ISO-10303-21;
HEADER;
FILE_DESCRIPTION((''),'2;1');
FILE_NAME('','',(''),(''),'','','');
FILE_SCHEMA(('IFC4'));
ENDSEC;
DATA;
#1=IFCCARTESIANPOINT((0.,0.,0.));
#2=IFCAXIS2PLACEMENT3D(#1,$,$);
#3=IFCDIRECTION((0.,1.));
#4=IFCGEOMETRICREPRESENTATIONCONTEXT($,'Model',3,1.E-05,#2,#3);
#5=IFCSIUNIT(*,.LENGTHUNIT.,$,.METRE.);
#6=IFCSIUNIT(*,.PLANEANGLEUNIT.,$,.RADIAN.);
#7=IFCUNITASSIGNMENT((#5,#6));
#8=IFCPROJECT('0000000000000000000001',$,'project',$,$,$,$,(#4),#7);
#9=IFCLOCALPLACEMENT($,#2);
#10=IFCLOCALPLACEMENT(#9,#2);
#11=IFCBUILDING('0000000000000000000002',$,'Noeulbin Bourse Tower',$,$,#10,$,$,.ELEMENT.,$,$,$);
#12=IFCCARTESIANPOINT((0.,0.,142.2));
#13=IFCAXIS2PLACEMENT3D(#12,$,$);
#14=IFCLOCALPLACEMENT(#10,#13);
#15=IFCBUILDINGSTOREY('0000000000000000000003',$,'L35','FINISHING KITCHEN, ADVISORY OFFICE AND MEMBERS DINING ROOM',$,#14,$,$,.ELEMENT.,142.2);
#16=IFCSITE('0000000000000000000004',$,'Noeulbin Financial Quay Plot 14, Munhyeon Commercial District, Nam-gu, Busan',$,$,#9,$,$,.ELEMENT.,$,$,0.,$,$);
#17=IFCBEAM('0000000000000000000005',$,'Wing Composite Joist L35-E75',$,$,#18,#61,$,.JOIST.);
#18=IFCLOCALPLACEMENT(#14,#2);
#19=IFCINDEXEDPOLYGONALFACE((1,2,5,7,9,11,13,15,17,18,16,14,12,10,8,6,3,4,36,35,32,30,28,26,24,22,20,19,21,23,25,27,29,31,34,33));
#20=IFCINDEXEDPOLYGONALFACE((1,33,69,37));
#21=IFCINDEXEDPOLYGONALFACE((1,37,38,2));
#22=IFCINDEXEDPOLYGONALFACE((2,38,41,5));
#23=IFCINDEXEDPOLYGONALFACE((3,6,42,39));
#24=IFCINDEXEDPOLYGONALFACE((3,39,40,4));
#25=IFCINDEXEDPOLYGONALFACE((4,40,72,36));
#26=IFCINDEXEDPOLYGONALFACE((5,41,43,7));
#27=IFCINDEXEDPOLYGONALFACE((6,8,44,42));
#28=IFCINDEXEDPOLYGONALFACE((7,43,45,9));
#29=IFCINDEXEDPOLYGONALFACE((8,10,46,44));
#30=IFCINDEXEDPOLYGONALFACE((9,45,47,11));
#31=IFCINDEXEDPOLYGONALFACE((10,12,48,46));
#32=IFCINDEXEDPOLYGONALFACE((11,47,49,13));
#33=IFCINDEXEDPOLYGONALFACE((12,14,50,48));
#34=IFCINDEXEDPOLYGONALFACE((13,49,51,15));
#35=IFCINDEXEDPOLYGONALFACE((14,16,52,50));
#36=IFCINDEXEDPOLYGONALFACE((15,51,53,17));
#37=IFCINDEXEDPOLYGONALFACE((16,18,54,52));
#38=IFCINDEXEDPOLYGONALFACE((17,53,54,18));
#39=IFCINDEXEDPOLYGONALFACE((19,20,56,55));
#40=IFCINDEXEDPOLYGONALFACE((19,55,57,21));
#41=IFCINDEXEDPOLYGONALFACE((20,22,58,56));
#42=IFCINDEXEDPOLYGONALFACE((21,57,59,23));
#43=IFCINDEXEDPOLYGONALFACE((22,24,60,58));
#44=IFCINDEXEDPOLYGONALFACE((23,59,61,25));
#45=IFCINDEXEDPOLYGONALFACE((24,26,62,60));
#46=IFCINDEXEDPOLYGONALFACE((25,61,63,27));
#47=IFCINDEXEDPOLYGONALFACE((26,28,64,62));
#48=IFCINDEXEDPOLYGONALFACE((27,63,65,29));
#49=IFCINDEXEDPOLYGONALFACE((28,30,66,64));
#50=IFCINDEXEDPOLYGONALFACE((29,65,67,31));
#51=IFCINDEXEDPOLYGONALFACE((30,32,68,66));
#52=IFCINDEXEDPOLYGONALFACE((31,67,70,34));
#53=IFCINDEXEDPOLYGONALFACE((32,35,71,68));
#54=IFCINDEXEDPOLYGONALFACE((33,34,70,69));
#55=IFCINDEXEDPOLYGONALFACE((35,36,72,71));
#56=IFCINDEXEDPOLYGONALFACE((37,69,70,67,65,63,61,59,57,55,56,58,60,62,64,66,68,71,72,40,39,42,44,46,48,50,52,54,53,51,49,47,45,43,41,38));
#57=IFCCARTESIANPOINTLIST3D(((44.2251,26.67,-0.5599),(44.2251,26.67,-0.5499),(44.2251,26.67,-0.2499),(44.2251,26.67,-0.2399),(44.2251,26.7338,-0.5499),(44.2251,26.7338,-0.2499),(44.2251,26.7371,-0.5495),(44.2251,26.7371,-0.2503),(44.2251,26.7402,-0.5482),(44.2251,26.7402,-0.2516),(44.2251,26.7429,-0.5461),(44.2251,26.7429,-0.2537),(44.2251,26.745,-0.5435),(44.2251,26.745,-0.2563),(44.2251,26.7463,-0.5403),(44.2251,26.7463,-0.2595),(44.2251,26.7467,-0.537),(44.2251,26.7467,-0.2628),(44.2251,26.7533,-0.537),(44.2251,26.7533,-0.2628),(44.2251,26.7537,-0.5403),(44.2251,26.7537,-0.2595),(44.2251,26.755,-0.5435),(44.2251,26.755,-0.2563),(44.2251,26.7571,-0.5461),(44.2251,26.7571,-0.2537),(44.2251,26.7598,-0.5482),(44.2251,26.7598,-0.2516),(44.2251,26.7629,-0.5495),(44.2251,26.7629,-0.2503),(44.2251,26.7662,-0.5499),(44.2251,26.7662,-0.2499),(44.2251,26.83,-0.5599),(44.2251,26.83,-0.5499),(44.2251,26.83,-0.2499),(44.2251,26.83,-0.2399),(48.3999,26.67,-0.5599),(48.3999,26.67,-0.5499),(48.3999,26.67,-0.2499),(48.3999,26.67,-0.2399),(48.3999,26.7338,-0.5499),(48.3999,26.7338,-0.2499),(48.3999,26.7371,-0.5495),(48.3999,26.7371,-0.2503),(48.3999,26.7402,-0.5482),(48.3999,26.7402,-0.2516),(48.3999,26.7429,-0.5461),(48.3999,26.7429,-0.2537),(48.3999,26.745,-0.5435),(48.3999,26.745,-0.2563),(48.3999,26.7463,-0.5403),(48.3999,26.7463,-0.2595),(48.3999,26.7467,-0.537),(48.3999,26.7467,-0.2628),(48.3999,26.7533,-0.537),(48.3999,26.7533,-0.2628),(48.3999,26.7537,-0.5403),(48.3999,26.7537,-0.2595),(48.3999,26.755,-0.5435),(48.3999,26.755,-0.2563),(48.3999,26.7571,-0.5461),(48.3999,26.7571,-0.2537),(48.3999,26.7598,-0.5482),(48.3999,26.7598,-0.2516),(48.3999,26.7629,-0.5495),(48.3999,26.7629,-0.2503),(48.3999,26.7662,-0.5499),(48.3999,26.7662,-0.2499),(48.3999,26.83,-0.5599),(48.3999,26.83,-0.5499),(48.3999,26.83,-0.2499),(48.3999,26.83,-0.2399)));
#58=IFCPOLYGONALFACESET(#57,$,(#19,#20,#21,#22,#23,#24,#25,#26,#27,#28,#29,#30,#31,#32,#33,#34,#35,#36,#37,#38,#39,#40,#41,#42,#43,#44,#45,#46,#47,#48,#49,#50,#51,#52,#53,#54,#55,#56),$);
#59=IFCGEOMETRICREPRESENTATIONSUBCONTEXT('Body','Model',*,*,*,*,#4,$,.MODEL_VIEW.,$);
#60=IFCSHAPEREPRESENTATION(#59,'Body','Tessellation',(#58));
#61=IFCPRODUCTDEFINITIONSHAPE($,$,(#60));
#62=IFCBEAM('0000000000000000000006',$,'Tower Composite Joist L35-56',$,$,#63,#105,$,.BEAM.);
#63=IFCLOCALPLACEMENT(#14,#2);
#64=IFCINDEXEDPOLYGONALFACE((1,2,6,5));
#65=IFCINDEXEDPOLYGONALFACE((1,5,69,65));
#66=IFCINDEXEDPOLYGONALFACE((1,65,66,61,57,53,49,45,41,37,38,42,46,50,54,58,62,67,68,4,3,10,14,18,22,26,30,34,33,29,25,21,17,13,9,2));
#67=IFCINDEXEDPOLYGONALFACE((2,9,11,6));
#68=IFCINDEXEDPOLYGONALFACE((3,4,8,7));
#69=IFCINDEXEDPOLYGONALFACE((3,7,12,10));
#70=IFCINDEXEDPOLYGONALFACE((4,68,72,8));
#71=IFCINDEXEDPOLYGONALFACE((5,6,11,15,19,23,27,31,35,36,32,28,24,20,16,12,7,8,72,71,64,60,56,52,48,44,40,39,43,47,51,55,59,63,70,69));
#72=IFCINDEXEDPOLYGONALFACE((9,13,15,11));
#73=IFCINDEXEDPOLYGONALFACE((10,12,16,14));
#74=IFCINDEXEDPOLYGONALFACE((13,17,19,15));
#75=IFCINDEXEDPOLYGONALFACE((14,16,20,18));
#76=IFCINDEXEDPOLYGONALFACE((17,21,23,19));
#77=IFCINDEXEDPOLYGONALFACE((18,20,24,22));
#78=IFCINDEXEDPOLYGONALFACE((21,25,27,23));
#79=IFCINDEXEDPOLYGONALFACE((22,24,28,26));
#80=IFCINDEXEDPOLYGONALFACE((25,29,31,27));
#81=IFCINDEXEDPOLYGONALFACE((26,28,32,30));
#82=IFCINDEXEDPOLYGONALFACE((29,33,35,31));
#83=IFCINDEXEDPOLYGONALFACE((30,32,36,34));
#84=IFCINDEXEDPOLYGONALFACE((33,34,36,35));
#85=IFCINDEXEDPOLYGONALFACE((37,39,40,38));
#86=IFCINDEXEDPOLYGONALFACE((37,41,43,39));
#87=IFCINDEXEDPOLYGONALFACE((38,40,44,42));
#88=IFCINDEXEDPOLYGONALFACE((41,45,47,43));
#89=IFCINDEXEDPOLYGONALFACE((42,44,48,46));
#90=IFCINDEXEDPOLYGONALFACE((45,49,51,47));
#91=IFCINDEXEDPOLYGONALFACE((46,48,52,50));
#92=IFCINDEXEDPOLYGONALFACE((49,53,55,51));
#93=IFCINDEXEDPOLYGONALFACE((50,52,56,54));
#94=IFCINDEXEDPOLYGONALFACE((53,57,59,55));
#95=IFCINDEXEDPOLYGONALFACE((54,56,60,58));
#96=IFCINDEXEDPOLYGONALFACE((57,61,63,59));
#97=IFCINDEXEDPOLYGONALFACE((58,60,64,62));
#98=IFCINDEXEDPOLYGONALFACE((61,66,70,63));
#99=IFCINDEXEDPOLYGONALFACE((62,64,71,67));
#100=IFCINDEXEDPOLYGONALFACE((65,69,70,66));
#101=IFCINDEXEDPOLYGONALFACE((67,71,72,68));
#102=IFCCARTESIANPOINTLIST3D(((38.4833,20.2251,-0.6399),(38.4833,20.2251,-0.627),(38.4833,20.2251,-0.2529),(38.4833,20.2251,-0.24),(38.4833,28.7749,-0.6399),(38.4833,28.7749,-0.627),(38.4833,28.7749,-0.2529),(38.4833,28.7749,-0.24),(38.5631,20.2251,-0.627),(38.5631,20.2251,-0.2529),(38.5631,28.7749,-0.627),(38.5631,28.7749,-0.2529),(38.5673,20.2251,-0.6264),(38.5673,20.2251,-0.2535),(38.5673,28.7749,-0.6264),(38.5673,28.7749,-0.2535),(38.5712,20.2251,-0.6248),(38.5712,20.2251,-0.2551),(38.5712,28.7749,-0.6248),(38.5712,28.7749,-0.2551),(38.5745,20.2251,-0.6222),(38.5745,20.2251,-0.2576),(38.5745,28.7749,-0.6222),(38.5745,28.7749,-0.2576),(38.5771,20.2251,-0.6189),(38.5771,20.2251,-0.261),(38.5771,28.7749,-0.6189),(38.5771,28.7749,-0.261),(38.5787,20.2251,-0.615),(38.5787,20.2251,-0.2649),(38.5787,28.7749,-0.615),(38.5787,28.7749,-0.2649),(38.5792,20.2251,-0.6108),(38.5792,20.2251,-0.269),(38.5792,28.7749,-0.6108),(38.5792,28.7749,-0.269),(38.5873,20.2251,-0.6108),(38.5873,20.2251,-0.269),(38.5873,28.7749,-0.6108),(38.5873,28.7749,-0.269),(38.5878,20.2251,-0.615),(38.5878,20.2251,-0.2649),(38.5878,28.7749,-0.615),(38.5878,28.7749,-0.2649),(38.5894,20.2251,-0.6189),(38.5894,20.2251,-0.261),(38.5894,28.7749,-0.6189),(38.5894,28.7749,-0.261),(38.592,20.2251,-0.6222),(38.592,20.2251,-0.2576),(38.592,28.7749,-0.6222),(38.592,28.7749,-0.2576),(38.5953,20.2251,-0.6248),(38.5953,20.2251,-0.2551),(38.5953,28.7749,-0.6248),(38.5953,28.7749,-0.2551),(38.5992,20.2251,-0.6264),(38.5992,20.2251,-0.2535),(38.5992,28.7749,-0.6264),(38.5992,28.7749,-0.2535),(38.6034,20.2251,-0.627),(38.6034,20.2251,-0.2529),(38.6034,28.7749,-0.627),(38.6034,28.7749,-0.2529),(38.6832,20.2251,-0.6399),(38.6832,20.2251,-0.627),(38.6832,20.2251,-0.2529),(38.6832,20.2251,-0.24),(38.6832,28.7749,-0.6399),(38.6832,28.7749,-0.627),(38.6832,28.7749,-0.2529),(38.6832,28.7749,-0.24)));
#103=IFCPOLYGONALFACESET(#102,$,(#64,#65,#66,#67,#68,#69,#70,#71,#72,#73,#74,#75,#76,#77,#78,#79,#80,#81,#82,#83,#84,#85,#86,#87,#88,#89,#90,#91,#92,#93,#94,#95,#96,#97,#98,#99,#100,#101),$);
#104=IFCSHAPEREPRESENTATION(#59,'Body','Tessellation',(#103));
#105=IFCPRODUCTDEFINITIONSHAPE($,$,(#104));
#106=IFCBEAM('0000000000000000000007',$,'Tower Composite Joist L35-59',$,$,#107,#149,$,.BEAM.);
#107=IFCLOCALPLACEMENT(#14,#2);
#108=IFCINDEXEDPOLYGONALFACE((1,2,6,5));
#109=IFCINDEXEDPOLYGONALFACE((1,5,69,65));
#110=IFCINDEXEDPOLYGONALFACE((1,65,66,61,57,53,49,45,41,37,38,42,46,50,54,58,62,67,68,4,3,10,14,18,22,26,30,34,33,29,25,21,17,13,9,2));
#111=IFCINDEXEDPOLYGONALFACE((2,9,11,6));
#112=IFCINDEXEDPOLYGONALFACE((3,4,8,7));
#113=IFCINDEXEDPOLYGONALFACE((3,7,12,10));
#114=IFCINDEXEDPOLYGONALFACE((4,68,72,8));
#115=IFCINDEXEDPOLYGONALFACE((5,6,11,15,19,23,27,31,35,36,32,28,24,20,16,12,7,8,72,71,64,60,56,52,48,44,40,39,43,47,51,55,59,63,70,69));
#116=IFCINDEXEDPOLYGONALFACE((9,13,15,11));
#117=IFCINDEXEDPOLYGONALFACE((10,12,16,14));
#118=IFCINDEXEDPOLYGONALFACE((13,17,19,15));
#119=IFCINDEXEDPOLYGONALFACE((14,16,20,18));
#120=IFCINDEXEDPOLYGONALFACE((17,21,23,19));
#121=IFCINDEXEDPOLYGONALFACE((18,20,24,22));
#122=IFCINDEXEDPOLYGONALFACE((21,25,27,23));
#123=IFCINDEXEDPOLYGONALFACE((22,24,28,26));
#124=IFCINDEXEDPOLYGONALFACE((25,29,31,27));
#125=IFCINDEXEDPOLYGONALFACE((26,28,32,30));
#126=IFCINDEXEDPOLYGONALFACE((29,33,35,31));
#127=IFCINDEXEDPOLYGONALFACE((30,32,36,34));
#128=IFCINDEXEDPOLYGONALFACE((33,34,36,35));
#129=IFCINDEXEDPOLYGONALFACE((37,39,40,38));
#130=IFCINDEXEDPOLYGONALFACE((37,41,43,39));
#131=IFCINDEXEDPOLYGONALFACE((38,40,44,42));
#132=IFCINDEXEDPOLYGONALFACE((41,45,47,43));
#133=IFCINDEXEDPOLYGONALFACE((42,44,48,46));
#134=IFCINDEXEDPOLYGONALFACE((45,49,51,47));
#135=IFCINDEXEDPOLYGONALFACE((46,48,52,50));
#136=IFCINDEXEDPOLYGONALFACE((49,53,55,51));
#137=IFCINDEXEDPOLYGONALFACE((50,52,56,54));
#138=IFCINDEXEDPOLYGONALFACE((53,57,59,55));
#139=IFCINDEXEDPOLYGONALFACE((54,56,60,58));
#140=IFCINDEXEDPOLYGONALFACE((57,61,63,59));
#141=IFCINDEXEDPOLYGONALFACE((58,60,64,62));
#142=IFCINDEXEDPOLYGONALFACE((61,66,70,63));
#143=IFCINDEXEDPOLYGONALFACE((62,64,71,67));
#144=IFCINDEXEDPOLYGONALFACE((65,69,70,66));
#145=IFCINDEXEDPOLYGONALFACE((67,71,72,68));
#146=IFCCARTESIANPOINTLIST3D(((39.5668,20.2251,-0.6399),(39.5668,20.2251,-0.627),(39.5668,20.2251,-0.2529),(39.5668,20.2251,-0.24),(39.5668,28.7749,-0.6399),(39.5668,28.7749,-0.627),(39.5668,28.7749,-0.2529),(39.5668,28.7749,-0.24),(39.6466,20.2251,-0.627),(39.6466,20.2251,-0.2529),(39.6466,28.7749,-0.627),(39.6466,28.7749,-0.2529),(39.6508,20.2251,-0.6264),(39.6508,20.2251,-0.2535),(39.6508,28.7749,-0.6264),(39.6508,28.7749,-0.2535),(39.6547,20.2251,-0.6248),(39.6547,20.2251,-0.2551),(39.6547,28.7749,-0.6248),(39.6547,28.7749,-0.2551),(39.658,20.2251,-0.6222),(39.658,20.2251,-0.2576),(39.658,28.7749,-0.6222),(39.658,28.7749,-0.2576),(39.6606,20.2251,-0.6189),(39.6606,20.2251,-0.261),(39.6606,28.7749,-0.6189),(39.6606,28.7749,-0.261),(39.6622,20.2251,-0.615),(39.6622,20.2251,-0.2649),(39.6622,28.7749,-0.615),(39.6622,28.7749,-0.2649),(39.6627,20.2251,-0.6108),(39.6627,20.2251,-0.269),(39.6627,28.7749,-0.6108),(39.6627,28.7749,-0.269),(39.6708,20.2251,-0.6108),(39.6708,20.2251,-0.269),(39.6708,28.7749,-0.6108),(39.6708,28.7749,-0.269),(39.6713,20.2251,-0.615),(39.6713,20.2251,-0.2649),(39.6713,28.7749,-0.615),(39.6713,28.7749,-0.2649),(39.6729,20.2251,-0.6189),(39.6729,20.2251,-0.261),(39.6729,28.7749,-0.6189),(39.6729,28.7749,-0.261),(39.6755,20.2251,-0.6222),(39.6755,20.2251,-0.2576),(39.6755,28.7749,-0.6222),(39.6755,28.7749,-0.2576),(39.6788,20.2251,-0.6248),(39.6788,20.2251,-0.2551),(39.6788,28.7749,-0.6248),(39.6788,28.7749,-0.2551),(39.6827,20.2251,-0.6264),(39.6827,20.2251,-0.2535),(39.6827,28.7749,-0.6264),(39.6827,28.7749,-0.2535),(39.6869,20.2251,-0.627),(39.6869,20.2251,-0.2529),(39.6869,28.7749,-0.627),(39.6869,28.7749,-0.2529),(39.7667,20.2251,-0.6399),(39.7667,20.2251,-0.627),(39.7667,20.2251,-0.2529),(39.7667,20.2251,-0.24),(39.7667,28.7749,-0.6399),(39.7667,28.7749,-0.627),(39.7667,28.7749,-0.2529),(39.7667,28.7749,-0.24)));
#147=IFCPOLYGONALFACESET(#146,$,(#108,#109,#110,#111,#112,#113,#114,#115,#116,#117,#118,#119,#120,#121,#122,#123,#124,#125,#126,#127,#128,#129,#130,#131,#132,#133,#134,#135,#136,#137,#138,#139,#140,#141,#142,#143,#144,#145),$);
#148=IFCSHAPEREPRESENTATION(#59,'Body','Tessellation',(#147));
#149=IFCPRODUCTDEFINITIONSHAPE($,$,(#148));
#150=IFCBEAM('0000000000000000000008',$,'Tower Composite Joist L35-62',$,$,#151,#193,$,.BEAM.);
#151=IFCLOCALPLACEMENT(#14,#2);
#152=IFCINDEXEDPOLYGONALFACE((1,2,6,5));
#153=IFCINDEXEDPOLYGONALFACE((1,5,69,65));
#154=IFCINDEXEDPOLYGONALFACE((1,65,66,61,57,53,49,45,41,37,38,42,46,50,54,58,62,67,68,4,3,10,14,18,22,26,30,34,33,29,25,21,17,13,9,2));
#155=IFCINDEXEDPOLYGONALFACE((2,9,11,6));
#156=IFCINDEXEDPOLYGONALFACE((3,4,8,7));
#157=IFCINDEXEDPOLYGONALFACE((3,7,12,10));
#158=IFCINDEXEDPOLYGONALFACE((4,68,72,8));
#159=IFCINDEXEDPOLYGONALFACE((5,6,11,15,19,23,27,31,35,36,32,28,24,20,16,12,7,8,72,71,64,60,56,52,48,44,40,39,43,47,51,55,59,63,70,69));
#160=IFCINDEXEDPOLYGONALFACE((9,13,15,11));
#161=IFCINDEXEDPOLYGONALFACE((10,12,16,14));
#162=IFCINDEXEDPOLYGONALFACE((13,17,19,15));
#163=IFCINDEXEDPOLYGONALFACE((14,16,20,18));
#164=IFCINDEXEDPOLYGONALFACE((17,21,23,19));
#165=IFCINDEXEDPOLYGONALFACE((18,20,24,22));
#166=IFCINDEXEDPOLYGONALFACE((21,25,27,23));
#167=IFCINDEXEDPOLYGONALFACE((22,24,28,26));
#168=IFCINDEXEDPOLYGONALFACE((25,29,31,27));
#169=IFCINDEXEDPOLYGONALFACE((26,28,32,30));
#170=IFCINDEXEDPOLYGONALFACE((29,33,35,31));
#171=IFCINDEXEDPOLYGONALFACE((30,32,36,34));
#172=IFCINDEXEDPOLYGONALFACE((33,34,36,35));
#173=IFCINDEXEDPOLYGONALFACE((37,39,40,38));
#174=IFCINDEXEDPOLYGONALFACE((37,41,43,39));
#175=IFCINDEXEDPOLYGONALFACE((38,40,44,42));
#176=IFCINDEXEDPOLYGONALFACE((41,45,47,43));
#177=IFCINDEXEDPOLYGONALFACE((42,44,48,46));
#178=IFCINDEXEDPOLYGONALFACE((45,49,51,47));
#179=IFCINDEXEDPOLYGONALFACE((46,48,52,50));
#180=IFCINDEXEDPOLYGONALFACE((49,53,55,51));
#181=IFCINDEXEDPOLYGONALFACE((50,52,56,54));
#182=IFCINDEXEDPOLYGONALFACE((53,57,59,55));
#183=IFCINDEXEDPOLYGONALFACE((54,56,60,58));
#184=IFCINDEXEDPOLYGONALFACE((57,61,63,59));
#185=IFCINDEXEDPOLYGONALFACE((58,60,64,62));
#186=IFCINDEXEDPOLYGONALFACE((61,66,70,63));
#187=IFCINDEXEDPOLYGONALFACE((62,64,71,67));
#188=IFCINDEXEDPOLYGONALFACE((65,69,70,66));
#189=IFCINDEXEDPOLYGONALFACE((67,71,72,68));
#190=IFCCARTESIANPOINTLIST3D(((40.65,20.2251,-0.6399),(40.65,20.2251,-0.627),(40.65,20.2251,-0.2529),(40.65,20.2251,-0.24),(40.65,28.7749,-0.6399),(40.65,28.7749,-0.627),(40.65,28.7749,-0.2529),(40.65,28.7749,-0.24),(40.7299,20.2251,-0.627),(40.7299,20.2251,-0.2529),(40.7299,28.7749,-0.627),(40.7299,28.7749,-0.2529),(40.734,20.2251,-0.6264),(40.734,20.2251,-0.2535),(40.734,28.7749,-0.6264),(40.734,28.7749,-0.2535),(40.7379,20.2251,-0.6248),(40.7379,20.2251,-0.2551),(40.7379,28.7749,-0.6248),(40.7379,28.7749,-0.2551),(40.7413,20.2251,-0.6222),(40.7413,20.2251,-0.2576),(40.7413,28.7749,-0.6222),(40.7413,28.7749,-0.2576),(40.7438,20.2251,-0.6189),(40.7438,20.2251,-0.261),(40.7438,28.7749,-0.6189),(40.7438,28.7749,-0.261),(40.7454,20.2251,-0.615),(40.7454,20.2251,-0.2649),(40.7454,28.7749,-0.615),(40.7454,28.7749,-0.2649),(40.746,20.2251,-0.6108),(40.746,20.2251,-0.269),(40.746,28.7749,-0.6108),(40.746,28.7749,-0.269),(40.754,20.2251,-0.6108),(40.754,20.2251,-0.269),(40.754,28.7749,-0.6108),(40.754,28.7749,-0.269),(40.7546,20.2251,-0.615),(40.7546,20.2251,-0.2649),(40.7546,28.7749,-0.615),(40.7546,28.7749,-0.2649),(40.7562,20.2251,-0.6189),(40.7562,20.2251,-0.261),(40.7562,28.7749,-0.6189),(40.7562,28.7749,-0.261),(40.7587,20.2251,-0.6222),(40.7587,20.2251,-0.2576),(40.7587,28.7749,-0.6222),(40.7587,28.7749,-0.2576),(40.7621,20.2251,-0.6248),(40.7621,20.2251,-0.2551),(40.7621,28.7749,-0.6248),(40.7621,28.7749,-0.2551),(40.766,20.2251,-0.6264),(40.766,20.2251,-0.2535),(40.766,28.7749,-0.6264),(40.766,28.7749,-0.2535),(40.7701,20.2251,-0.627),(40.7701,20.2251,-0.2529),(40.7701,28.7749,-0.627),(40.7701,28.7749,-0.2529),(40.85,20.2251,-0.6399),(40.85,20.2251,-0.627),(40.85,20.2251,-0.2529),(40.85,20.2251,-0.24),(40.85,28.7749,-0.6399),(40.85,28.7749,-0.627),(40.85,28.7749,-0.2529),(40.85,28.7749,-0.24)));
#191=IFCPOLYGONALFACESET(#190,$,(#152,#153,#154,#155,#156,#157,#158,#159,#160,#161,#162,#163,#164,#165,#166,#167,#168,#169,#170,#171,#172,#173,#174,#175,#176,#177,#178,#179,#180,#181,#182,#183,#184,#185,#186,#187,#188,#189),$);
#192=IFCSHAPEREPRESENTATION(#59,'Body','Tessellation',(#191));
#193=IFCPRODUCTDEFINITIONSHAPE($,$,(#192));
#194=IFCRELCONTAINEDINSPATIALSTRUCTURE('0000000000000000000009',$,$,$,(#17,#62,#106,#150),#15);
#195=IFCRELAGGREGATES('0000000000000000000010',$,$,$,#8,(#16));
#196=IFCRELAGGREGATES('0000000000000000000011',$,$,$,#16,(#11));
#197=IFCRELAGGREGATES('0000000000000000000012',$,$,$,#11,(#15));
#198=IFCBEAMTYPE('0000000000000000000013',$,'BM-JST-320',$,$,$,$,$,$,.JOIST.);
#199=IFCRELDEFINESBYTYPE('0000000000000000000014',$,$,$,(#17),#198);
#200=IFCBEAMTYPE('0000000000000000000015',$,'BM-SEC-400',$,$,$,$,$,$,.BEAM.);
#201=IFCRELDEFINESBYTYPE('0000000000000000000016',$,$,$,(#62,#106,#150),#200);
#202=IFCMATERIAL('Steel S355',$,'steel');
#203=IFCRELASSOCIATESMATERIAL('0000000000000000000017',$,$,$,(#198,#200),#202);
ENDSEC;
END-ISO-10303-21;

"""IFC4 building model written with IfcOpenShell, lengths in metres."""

from ifc_helpers import new_model, si_unit, direction, frame, origin, origin_2d, place, context, subcontext, project, spatial, i_section, extrude, material, material_profile, profile_set, type_object, element, save


model = new_model("IFC4")

# Units and contexts
model_context = context("Model", 3, precision=1e-05, world=origin(), true_north=direction((0.0, 1.0)))
body_context = subcontext(model_context, "Body", "Model", "MODEL_VIEW")
ifc_project = project(units=[si_unit("LENGTHUNIT", "METRE"), si_unit("PLANEANGLEUNIT", "RADIAN")], contexts=[model_context])

# Site, building, storey
site_placement = place(None, origin())
site = spatial("IfcSite", under=ifc_project, at=site_placement, Name="Noeulbin Financial Quay Plot 14, Munhyeon Commercial District, Nam-gu, Busan", CompositionType="ELEMENT", RefElevation=0.0)
building_placement = place(site_placement, origin())
building = spatial("IfcBuilding", under=site, at=building_placement, Name="Noeulbin Bourse Tower", CompositionType="ELEMENT")
storey_placement = place(building_placement, frame((0.0, 0.0, 142.2)))
storey = spatial("IfcBuildingStorey", under=building, at=storey_placement, Name="L35", Description="FINISHING KITCHEN, ADVISORY OFFICE AND MEMBERS DINING ROOM", CompositionType="ELEMENT", Elevation=142.2)

# Shared definitions
ifc_material_1 = material(Name="Steel S355", Category="steel")

# Beams
ifc_material_profile_1 = material_profile(ifc_material_1, i_section(OverallWidth=0.1599, OverallDepth=0.3201, WebThickness=0.0066, FlangeThickness=0.01, FilletRadius=0.0129, at=origin_2d()), Name="H-320x160x6.5x10", Category="LoadBearing")
ifc_profile_set_1 = profile_set([ifc_material_profile_1], Name="Steel S355")
beam_type_1 = type_object("IfcBeamType", Name="BM-JST-320", PredefinedType="JOIST", material=ifc_profile_set_1)
for number, where, z_axis, x_axis, name in (
    (1, (44.2251, 26.75, -0.3999), (1.0, 0.0, 0.0), (0.0, 1.0, 0.0), "Wing Composite Joist L35-E75"),
):
    element("IfcBeam", number, at=place(storey_placement, frame(where, z_axis=z_axis, x_axis=x_axis)), inside=storey, type_object=beam_type_1, Name=name, PredefinedType="JOIST", context=body_context, shape_type="SweptSolid", body=[
        extrude(i_section(OverallWidth=0.1599, OverallDepth=0.3201, WebThickness=0.0066, FlangeThickness=0.01, FilletRadius=0.0129, at=origin_2d()), origin(), (0.0, 0.0, 1.0), 4.1748),
    ])
ifc_material_profile_2 = material_profile(ifc_material_1, i_section(OverallWidth=0.2, OverallDepth=0.3999, WebThickness=0.0081, FlangeThickness=0.0129, FilletRadius=0.0161, at=origin_2d()), Name="H-400x200x8x13", Category="LoadBearing")
ifc_profile_set_2 = profile_set([ifc_material_profile_2], Name="Steel S355")
beam_type_2 = type_object("IfcBeamType", Name="BM-SEC-400", PredefinedType="BEAM", material=ifc_profile_set_2)
for number, where, z_axis, x_axis, name in (
    (2, (38.5833, 20.2251, -0.4399), (0.0, 1.0, 0.0), (-1.0, 0.0, 0.0), "Tower Composite Joist L35-56"),
    (3, (39.6667, 20.2251, -0.4399), (0.0, 1.0, 0.0), (-1.0, 0.0, 0.0), "Tower Composite Joist L35-59"),
    (4, (40.75, 20.2251, -0.4399), (0.0, 1.0, 0.0), (-1.0, 0.0, 0.0), "Tower Composite Joist L35-62"),
):
    element("IfcBeam", number, at=place(storey_placement, frame(where, z_axis=z_axis, x_axis=x_axis)), inside=storey, type_object=beam_type_2, Name=name, PredefinedType="BEAM", context=body_context, shape_type="SweptSolid", body=[
        extrude(i_section(OverallWidth=0.2, OverallDepth=0.3999, WebThickness=0.0081, FlangeThickness=0.0129, FilletRadius=0.0161, at=origin_2d()), origin(), (0.0, 0.0, 1.0), 8.5498),
    ])

save(model, "model.ifc")
